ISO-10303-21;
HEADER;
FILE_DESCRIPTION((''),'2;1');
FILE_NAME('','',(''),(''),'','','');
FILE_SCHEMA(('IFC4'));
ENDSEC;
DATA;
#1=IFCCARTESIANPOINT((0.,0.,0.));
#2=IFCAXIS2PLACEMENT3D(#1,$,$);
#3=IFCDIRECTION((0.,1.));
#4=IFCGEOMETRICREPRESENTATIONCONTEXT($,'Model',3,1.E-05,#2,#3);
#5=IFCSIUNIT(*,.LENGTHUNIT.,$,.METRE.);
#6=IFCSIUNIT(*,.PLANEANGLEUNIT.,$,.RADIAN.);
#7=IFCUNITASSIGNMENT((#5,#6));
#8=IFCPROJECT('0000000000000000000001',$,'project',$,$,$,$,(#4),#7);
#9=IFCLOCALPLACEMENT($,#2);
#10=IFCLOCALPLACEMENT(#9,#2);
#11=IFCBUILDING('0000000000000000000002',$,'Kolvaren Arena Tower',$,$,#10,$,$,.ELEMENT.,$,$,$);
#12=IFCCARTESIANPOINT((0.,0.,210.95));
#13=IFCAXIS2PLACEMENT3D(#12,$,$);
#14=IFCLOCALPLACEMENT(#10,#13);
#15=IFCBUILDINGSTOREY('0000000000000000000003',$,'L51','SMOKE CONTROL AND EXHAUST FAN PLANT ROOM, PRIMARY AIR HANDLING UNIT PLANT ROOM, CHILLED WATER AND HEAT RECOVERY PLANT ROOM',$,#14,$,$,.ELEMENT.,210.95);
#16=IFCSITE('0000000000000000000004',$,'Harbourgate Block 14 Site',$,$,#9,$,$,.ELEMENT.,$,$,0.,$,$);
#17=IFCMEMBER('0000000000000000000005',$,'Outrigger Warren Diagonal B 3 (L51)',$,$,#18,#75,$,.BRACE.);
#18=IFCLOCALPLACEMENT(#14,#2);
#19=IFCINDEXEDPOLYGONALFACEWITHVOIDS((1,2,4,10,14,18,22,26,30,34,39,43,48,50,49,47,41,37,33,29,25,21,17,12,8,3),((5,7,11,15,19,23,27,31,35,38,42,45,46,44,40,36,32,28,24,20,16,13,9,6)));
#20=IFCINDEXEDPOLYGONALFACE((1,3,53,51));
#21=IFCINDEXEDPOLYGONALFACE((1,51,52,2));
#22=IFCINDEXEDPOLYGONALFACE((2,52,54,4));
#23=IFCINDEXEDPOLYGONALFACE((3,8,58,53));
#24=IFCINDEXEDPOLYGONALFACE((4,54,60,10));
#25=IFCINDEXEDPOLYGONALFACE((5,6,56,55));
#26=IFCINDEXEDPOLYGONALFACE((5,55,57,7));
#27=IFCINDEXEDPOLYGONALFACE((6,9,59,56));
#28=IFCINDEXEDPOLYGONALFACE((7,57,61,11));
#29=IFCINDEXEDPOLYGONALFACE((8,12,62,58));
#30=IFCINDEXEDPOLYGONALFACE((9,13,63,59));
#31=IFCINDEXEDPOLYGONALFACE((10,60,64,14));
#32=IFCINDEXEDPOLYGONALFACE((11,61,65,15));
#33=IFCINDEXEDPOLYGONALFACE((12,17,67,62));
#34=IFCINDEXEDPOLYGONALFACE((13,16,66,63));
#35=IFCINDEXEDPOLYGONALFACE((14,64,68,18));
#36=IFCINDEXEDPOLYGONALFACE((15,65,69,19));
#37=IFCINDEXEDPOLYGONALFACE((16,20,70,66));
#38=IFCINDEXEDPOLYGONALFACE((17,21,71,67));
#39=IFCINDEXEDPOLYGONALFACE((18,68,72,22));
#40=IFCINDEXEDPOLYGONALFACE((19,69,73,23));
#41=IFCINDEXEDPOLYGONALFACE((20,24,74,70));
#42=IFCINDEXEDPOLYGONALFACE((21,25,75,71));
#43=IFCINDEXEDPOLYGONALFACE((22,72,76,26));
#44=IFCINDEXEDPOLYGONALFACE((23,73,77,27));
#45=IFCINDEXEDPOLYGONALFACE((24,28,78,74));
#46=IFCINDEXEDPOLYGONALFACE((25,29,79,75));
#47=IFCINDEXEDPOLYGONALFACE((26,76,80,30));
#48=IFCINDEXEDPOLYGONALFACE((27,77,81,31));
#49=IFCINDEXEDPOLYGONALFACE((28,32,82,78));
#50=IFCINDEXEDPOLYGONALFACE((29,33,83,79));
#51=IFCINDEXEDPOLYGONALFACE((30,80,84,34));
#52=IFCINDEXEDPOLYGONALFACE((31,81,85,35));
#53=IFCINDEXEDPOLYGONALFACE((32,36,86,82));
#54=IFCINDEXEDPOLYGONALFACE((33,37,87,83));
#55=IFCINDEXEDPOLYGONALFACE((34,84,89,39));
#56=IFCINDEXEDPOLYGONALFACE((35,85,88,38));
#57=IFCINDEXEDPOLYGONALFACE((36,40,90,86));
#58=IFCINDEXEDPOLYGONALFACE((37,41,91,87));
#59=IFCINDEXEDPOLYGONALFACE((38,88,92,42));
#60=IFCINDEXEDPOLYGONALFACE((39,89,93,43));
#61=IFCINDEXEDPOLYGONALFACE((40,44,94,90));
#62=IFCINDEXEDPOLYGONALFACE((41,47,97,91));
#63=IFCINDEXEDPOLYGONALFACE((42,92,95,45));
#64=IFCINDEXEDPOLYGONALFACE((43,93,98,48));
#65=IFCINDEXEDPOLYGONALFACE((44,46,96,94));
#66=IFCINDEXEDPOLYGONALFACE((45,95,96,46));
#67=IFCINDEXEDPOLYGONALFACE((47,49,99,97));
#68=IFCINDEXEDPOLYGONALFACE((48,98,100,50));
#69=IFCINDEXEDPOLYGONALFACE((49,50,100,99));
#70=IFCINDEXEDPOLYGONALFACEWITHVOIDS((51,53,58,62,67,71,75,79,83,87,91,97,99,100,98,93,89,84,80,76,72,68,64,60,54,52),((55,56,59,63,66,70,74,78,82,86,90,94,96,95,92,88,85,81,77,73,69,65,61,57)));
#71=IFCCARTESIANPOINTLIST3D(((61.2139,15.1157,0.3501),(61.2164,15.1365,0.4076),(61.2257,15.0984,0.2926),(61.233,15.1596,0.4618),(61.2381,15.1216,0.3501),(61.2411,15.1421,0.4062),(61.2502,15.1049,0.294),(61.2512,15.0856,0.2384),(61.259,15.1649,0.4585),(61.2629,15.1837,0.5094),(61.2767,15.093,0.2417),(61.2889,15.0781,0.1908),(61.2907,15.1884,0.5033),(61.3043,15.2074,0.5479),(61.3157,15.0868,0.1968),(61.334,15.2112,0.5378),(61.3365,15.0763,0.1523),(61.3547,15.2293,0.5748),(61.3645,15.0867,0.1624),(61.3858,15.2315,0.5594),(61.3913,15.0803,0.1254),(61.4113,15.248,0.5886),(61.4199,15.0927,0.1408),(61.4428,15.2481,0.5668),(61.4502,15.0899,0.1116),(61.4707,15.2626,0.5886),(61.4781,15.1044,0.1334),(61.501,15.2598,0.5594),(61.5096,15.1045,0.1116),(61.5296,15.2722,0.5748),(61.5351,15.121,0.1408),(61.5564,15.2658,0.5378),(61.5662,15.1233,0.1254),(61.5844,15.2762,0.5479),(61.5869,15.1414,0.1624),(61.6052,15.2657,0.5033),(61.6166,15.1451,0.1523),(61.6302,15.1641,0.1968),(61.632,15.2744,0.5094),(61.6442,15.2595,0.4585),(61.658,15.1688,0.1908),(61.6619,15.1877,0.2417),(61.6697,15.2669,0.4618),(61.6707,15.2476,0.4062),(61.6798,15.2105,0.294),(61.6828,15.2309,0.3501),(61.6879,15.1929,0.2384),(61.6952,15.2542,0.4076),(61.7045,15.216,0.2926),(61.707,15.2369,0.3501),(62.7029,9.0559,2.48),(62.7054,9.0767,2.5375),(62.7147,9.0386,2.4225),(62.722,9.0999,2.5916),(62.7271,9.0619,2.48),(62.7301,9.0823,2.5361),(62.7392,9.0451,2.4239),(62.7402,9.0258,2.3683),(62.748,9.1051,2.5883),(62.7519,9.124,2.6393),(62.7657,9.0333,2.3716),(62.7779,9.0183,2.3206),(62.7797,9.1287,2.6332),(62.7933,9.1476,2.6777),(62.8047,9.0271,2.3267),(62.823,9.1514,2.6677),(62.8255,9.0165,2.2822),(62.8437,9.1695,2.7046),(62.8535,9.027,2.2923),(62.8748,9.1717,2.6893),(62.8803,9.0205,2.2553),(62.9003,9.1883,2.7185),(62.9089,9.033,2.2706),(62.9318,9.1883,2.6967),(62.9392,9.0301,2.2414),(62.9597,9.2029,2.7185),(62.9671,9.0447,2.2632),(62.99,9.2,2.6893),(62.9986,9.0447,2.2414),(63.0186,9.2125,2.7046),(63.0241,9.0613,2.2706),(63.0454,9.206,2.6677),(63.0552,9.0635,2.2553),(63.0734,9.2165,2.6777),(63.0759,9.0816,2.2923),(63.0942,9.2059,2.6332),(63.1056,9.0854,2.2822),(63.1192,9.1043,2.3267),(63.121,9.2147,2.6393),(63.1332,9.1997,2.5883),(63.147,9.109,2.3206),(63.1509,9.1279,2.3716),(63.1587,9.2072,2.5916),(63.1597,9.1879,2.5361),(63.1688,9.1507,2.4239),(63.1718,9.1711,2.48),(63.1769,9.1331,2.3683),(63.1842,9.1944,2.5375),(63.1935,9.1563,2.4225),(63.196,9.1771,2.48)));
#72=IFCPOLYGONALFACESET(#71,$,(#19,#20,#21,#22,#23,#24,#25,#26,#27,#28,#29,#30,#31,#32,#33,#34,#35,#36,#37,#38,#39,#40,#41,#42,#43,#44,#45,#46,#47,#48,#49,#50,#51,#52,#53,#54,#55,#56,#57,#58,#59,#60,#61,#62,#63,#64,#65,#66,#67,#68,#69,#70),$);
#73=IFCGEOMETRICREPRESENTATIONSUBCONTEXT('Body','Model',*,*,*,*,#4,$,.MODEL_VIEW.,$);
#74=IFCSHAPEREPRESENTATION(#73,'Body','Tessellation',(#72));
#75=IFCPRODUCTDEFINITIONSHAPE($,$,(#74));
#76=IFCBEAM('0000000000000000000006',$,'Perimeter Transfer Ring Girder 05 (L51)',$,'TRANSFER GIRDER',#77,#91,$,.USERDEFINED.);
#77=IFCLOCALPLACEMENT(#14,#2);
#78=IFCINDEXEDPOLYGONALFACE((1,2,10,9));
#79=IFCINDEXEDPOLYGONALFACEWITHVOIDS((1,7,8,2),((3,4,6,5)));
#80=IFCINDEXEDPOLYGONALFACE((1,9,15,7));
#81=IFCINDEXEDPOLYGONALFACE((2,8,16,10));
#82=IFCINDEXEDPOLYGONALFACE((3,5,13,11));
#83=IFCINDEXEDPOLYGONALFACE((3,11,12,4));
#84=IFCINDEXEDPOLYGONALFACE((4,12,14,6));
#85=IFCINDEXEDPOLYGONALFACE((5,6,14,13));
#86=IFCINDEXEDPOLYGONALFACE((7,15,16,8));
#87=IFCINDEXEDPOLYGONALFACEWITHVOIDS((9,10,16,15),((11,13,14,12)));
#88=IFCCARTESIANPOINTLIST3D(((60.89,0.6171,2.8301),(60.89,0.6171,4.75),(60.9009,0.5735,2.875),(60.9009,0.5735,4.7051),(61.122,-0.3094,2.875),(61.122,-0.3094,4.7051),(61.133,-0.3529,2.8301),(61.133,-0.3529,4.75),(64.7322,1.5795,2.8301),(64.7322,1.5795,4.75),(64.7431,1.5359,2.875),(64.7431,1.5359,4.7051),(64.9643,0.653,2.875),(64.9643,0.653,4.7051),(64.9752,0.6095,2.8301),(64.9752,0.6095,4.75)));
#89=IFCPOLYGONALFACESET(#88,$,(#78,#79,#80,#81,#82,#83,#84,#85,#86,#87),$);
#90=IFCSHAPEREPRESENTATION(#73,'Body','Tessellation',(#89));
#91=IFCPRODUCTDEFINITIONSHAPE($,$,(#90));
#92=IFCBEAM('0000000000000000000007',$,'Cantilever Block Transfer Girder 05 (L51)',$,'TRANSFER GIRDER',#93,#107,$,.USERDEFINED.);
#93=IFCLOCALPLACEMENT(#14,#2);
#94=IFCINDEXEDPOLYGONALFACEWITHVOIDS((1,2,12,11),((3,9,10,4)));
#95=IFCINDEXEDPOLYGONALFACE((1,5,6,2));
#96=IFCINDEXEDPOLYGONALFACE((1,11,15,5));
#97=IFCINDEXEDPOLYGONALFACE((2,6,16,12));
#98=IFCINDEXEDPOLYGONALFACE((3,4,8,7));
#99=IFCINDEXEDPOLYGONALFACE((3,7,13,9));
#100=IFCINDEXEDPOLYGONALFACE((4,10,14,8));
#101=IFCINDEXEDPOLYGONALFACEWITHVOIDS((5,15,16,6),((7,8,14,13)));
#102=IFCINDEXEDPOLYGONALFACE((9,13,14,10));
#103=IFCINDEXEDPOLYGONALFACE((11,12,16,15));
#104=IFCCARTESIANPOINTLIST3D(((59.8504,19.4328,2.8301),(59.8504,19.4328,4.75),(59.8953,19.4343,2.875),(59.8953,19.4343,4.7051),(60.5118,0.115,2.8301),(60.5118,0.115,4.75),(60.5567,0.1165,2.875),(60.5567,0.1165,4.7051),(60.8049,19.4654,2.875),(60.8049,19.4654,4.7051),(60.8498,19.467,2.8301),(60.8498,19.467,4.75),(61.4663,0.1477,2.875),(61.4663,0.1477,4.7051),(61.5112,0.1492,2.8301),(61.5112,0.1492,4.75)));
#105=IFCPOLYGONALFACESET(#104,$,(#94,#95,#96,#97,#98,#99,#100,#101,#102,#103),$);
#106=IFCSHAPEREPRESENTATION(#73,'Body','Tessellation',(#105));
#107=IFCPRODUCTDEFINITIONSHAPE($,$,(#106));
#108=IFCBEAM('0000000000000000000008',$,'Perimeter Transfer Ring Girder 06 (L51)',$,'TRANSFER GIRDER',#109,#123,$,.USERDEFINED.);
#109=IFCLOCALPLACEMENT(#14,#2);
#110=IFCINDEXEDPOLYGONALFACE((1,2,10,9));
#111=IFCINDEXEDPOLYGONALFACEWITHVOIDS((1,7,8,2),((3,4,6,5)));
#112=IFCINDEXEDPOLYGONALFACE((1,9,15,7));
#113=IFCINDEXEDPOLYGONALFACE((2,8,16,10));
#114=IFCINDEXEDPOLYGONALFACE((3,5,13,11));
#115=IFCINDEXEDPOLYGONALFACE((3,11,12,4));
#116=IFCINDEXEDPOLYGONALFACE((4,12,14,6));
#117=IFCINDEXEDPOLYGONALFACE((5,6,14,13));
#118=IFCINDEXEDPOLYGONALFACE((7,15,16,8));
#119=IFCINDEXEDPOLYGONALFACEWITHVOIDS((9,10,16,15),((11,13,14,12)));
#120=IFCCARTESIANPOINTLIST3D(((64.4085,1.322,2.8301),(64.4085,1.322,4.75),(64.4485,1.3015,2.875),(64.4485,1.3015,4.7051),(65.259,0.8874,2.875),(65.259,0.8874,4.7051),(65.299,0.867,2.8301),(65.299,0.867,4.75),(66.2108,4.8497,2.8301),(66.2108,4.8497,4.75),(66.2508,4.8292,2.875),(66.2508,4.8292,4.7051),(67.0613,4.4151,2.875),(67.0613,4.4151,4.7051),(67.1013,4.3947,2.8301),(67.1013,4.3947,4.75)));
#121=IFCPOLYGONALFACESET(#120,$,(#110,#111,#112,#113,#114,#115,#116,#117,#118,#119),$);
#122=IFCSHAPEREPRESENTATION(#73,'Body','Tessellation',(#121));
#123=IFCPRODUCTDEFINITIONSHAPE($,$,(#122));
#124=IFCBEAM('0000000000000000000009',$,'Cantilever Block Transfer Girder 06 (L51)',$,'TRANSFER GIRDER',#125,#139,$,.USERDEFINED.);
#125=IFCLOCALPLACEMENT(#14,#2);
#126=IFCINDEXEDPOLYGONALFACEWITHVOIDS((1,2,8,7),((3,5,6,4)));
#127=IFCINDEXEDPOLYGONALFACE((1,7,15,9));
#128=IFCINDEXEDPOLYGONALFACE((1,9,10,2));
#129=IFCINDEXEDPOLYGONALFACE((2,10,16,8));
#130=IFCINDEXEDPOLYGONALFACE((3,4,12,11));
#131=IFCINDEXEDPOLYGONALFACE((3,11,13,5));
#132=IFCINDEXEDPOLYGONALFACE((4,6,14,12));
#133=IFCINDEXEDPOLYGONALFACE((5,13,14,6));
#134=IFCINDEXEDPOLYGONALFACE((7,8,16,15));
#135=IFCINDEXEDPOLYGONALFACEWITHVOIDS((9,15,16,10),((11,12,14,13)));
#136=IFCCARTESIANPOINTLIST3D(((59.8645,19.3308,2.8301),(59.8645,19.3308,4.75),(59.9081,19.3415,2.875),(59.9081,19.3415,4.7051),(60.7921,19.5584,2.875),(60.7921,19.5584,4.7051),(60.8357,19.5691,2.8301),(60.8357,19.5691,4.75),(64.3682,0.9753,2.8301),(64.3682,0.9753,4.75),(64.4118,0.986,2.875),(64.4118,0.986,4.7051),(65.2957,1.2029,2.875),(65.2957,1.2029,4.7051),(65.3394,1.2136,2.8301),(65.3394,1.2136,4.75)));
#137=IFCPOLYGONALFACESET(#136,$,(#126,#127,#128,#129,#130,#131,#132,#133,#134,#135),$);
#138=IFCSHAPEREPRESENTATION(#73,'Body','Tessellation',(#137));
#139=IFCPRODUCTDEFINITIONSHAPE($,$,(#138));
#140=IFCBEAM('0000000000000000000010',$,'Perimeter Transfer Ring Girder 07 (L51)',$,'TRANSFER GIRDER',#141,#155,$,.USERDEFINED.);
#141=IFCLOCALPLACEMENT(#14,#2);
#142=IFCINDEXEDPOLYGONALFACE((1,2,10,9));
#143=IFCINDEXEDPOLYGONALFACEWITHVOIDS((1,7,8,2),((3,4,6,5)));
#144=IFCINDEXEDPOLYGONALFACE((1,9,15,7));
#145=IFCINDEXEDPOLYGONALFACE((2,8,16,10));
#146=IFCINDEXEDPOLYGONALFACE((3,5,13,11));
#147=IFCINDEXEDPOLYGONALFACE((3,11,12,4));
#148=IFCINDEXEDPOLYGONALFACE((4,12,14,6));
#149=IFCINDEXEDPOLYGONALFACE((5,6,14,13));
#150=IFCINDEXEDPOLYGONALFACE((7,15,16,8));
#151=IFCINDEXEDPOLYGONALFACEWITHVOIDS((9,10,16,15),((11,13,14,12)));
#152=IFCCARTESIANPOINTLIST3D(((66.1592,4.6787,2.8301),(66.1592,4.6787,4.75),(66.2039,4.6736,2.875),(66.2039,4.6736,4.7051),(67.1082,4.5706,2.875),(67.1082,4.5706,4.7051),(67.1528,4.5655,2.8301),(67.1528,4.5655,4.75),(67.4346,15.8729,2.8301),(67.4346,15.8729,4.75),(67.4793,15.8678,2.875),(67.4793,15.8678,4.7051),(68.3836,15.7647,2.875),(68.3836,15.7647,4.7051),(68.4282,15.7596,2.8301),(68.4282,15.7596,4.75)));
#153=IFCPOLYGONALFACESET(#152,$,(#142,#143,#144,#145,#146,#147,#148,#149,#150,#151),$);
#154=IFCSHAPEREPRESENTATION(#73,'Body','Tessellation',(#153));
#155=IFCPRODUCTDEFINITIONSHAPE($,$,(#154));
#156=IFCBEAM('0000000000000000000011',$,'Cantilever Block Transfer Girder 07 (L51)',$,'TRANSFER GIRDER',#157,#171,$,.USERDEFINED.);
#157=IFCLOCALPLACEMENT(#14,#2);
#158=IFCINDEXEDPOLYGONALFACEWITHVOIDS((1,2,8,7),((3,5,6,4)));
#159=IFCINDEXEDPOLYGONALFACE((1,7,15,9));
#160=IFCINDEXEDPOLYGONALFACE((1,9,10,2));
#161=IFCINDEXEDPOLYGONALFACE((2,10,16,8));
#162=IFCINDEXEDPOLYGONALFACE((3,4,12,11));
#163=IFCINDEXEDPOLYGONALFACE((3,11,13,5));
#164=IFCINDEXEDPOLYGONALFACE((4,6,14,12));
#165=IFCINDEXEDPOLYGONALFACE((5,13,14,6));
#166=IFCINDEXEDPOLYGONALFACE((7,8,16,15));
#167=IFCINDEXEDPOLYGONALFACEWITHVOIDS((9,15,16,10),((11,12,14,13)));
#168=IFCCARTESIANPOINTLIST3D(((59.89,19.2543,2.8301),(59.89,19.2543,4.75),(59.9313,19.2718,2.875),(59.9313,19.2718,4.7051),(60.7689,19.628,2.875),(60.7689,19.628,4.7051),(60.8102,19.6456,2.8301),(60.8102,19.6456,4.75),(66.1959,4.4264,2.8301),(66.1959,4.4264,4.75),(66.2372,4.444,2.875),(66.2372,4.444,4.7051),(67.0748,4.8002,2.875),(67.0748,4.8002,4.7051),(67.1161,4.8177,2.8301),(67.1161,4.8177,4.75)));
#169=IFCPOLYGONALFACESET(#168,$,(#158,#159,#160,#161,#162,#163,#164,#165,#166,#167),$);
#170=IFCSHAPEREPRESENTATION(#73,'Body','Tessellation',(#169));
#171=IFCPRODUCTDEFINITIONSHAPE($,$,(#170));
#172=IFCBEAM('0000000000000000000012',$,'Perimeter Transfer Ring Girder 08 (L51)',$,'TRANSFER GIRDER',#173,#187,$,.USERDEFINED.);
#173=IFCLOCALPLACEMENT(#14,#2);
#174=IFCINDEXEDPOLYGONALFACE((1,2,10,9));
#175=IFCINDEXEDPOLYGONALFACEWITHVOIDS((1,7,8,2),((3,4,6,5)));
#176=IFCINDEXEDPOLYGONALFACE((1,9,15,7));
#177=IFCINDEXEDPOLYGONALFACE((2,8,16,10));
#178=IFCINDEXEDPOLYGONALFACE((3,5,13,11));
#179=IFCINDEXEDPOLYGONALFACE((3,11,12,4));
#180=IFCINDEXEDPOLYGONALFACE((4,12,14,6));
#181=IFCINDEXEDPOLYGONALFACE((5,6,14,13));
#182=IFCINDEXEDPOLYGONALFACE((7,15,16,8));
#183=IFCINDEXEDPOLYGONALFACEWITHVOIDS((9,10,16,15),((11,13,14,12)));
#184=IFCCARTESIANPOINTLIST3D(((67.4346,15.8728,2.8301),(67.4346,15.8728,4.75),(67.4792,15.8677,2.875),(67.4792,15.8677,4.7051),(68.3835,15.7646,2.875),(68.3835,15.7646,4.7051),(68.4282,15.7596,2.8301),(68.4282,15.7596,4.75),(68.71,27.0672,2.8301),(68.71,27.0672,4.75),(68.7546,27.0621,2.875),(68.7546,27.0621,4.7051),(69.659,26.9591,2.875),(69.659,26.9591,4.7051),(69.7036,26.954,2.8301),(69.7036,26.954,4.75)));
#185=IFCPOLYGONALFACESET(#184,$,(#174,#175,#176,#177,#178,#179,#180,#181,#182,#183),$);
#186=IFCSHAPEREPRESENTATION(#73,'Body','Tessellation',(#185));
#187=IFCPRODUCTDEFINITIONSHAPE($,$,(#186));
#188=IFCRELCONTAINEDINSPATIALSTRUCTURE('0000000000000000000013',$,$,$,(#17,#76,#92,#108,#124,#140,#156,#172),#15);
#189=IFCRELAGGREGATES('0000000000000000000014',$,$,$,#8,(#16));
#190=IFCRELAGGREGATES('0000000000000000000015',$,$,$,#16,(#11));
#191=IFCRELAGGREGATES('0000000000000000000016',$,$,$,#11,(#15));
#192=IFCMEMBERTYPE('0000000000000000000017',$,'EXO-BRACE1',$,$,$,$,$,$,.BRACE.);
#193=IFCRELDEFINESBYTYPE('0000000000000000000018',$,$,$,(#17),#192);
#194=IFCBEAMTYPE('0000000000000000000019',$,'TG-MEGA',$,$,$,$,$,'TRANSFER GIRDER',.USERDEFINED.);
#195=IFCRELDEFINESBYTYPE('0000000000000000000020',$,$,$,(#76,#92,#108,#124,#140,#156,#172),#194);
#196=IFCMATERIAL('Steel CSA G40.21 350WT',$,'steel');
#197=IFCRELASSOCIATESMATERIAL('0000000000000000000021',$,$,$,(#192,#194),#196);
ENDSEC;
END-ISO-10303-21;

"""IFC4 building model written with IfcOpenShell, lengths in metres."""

from ifc_helpers import new_model, si_unit, direction, frame, origin, origin_2d, place, context, subcontext, project, spatial, hollow_rectangle, hollow_circle, extrude, material, material_profile, profile_set, type_object, element, save


model = new_model("IFC4")

# Units and contexts
model_context = context("Model", 3, precision=1e-05, world=origin(), true_north=direction((0.0, 1.0)))
body_context = subcontext(model_context, "Body", "Model", "MODEL_VIEW")
ifc_project = project(units=[si_unit("LENGTHUNIT", "METRE"), si_unit("PLANEANGLEUNIT", "RADIAN")], contexts=[model_context])

# Site, building, storey
site_placement = place(None, origin())
site = spatial("IfcSite", under=ifc_project, at=site_placement, Name="Harbourgate Block 14 Site", CompositionType="ELEMENT", RefElevation=0.0)
building_placement = place(site_placement, origin())
building = spatial("IfcBuilding", under=site, at=building_placement, Name="Kolvaren Arena Tower", CompositionType="ELEMENT")
storey_placement = place(building_placement, frame((0.0, 0.0, 210.95)))
storey = spatial("IfcBuildingStorey", under=building, at=storey_placement, Name="L51", Description="SMOKE CONTROL AND EXHAUST FAN PLANT ROOM, PRIMARY AIR HANDLING UNIT PLANT ROOM, CHILLED WATER AND HEAT RECOVERY PLANT ROOM", CompositionType="ELEMENT", Elevation=210.95)

# Member
ifc_material_1 = material(Name="Steel CSA G40.21 350WT", Category="steel")
ifc_material_profile_1 = material_profile(ifc_material_1, hollow_circle(Radius=0.2539, WallThickness=0.0249, at=origin_2d()), Name="CHS 508x25")
ifc_profile_set_1 = profile_set([ifc_material_profile_1], Name="Steel CSA G40.21 350WT")
member_type_1 = type_object("IfcMemberType", Name="EXO-BRACE1", PredefinedType="BRACE", material=ifc_profile_set_1)
member_1_placement = place(storey_placement, frame((61.4604, 15.1763, 0.3501), z_axis=(0.225829, -0.919052, 0.323025), x_axis=(0.971113, 0.238621, 0.0)))
element("IfcMember", 1, at=member_1_placement, inside=storey, type_object=member_type_1, Name="Outrigger Warren Diagonal B 3 (L51)", PredefinedType="BRACE", context=body_context, shape_type="SweptSolid", body=[
    extrude(hollow_circle(Radius=0.2539, WallThickness=0.0249, at=origin_2d()), origin(), (0.0, 0.0, 1.0), 6.5935),
])

# Beams
ifc_material_profile_2 = material_profile(ifc_material_1, hollow_rectangle(XDim=1.0, YDim=1.9199, WallThickness=0.0449, at=origin_2d()), Name="BOX 1000x1920x45")
ifc_profile_set_2 = profile_set([ifc_material_profile_2], Name="Steel CSA G40.21 350WT")
beam_type = type_object("IfcBeamType", Name="TG-MEGA", ElementType="TRANSFER GIRDER", PredefinedType="USERDEFINED", material=ifc_profile_set_2)
beam_1_placement = place(storey_placement, frame((61.0115, 0.1321, 3.79), z_axis=(0.970034, 0.242971, 0.0), x_axis=(-0.242971, 0.970034, 0.0)))
element("IfcBeam", 2, at=beam_1_placement, inside=storey, type_object=beam_type, Name="Perimeter Transfer Ring Girder 05 (L51)", ObjectType="TRANSFER GIRDER", PredefinedType="USERDEFINED", context=body_context, shape_type="SweptSolid", body=[
    extrude(hollow_rectangle(XDim=1.0, YDim=1.9199, WallThickness=0.0449, at=origin_2d()), origin(), (0.0, 0.0, 1.0), 3.9609),
])
beam_2_placement = place(storey_placement, frame((61.0115, 0.1321, 3.79), z_axis=(-0.034216, 0.999414, 0.0), x_axis=(-0.999414, -0.034216, 0.0)))
element("IfcBeam", 3, at=beam_2_placement, inside=storey, type_object=beam_type, Name="Cantilever Block Transfer Girder 05 (L51)", ObjectType="TRANSFER GIRDER", PredefinedType="USERDEFINED", context=body_context, shape_type="SweptSolid", body=[
    extrude(hollow_rectangle(XDim=1.0, YDim=1.9199, WallThickness=0.0449, at=origin_2d()), origin(), (0.0, 0.0, 1.0), 19.3291),
])
beam_3_placement = place(storey_placement, frame((64.8538, 1.0945, 3.79), z_axis=(0.454962, 0.890511, 0.0), x_axis=(-0.890511, 0.454962, 0.0)))
element("IfcBeam", 4, at=beam_3_placement, inside=storey, type_object=beam_type, Name="Perimeter Transfer Ring Girder 06 (L51)", ObjectType="TRANSFER GIRDER", PredefinedType="USERDEFINED", context=body_context, shape_type="SweptSolid", body=[
    extrude(hollow_rectangle(XDim=1.0, YDim=1.9199, WallThickness=0.0449, at=origin_2d()), origin(), (0.0, 0.0, 1.0), 3.9614),
])
beam_4_placement = place(storey_placement, frame((64.8538, 1.0945, 3.79), z_axis=(-0.23829, 0.971194, 0.0), x_axis=(-0.971194, -0.23829, 0.0)))
element("IfcBeam", 5, at=beam_4_placement, inside=storey, type_object=beam_type, Name="Cantilever Block Transfer Girder 06 (L51)", ObjectType="TRANSFER GIRDER", PredefinedType="USERDEFINED", context=body_context, shape_type="SweptSolid", body=[
    extrude(hollow_rectangle(XDim=1.0, YDim=1.9199, WallThickness=0.0449, at=origin_2d()), origin(), (0.0, 0.0, 1.0), 18.8999),
])
beam_5_placement = place(storey_placement, frame((66.656, 4.6221, 3.79), z_axis=(0.113202, 0.993572, 0.0), x_axis=(-0.993572, 0.113202, 0.0)))
element("IfcBeam", 6, at=beam_5_placement, inside=storey, type_object=beam_type, Name="Perimeter Transfer Ring Girder 07 (L51)", ObjectType="TRANSFER GIRDER", PredefinedType="USERDEFINED", context=body_context, shape_type="SweptSolid", body=[
    extrude(hollow_rectangle(XDim=1.0, YDim=1.9199, WallThickness=0.0449, at=origin_2d()), origin(), (0.0, 0.0, 1.0), 11.2666),
])
beam_6_placement = place(storey_placement, frame((66.656, 4.6221, 3.79), z_axis=(-0.391354, 0.92024, 0.0), x_axis=(-0.92024, -0.391354, 0.0)))
element("IfcBeam", 7, at=beam_6_placement, inside=storey, type_object=beam_type, Name="Cantilever Block Transfer Girder 07 (L51)", ObjectType="TRANSFER GIRDER", PredefinedType="USERDEFINED", context=body_context, shape_type="SweptSolid", body=[
    extrude(hollow_rectangle(XDim=1.0, YDim=1.9199, WallThickness=0.0449, at=origin_2d()), origin(), (0.0, 0.0, 1.0), 16.113),
])
beam_7_placement = place(storey_placement, frame((67.9314, 15.8162, 3.79), z_axis=(0.113199, 0.993572, 0.0), x_axis=(-0.993572, 0.113199, 0.0)))
element("IfcBeam", 8, at=beam_7_placement, inside=storey, type_object=beam_type, Name="Perimeter Transfer Ring Girder 08 (L51)", ObjectType="TRANSFER GIRDER", PredefinedType="USERDEFINED", context=body_context, shape_type="SweptSolid", body=[
    extrude(hollow_rectangle(XDim=1.0, YDim=1.9199, WallThickness=0.0449, at=origin_2d()), origin(), (0.0, 0.0, 1.0), 11.2668),
])

save(model, "model.ifc")
